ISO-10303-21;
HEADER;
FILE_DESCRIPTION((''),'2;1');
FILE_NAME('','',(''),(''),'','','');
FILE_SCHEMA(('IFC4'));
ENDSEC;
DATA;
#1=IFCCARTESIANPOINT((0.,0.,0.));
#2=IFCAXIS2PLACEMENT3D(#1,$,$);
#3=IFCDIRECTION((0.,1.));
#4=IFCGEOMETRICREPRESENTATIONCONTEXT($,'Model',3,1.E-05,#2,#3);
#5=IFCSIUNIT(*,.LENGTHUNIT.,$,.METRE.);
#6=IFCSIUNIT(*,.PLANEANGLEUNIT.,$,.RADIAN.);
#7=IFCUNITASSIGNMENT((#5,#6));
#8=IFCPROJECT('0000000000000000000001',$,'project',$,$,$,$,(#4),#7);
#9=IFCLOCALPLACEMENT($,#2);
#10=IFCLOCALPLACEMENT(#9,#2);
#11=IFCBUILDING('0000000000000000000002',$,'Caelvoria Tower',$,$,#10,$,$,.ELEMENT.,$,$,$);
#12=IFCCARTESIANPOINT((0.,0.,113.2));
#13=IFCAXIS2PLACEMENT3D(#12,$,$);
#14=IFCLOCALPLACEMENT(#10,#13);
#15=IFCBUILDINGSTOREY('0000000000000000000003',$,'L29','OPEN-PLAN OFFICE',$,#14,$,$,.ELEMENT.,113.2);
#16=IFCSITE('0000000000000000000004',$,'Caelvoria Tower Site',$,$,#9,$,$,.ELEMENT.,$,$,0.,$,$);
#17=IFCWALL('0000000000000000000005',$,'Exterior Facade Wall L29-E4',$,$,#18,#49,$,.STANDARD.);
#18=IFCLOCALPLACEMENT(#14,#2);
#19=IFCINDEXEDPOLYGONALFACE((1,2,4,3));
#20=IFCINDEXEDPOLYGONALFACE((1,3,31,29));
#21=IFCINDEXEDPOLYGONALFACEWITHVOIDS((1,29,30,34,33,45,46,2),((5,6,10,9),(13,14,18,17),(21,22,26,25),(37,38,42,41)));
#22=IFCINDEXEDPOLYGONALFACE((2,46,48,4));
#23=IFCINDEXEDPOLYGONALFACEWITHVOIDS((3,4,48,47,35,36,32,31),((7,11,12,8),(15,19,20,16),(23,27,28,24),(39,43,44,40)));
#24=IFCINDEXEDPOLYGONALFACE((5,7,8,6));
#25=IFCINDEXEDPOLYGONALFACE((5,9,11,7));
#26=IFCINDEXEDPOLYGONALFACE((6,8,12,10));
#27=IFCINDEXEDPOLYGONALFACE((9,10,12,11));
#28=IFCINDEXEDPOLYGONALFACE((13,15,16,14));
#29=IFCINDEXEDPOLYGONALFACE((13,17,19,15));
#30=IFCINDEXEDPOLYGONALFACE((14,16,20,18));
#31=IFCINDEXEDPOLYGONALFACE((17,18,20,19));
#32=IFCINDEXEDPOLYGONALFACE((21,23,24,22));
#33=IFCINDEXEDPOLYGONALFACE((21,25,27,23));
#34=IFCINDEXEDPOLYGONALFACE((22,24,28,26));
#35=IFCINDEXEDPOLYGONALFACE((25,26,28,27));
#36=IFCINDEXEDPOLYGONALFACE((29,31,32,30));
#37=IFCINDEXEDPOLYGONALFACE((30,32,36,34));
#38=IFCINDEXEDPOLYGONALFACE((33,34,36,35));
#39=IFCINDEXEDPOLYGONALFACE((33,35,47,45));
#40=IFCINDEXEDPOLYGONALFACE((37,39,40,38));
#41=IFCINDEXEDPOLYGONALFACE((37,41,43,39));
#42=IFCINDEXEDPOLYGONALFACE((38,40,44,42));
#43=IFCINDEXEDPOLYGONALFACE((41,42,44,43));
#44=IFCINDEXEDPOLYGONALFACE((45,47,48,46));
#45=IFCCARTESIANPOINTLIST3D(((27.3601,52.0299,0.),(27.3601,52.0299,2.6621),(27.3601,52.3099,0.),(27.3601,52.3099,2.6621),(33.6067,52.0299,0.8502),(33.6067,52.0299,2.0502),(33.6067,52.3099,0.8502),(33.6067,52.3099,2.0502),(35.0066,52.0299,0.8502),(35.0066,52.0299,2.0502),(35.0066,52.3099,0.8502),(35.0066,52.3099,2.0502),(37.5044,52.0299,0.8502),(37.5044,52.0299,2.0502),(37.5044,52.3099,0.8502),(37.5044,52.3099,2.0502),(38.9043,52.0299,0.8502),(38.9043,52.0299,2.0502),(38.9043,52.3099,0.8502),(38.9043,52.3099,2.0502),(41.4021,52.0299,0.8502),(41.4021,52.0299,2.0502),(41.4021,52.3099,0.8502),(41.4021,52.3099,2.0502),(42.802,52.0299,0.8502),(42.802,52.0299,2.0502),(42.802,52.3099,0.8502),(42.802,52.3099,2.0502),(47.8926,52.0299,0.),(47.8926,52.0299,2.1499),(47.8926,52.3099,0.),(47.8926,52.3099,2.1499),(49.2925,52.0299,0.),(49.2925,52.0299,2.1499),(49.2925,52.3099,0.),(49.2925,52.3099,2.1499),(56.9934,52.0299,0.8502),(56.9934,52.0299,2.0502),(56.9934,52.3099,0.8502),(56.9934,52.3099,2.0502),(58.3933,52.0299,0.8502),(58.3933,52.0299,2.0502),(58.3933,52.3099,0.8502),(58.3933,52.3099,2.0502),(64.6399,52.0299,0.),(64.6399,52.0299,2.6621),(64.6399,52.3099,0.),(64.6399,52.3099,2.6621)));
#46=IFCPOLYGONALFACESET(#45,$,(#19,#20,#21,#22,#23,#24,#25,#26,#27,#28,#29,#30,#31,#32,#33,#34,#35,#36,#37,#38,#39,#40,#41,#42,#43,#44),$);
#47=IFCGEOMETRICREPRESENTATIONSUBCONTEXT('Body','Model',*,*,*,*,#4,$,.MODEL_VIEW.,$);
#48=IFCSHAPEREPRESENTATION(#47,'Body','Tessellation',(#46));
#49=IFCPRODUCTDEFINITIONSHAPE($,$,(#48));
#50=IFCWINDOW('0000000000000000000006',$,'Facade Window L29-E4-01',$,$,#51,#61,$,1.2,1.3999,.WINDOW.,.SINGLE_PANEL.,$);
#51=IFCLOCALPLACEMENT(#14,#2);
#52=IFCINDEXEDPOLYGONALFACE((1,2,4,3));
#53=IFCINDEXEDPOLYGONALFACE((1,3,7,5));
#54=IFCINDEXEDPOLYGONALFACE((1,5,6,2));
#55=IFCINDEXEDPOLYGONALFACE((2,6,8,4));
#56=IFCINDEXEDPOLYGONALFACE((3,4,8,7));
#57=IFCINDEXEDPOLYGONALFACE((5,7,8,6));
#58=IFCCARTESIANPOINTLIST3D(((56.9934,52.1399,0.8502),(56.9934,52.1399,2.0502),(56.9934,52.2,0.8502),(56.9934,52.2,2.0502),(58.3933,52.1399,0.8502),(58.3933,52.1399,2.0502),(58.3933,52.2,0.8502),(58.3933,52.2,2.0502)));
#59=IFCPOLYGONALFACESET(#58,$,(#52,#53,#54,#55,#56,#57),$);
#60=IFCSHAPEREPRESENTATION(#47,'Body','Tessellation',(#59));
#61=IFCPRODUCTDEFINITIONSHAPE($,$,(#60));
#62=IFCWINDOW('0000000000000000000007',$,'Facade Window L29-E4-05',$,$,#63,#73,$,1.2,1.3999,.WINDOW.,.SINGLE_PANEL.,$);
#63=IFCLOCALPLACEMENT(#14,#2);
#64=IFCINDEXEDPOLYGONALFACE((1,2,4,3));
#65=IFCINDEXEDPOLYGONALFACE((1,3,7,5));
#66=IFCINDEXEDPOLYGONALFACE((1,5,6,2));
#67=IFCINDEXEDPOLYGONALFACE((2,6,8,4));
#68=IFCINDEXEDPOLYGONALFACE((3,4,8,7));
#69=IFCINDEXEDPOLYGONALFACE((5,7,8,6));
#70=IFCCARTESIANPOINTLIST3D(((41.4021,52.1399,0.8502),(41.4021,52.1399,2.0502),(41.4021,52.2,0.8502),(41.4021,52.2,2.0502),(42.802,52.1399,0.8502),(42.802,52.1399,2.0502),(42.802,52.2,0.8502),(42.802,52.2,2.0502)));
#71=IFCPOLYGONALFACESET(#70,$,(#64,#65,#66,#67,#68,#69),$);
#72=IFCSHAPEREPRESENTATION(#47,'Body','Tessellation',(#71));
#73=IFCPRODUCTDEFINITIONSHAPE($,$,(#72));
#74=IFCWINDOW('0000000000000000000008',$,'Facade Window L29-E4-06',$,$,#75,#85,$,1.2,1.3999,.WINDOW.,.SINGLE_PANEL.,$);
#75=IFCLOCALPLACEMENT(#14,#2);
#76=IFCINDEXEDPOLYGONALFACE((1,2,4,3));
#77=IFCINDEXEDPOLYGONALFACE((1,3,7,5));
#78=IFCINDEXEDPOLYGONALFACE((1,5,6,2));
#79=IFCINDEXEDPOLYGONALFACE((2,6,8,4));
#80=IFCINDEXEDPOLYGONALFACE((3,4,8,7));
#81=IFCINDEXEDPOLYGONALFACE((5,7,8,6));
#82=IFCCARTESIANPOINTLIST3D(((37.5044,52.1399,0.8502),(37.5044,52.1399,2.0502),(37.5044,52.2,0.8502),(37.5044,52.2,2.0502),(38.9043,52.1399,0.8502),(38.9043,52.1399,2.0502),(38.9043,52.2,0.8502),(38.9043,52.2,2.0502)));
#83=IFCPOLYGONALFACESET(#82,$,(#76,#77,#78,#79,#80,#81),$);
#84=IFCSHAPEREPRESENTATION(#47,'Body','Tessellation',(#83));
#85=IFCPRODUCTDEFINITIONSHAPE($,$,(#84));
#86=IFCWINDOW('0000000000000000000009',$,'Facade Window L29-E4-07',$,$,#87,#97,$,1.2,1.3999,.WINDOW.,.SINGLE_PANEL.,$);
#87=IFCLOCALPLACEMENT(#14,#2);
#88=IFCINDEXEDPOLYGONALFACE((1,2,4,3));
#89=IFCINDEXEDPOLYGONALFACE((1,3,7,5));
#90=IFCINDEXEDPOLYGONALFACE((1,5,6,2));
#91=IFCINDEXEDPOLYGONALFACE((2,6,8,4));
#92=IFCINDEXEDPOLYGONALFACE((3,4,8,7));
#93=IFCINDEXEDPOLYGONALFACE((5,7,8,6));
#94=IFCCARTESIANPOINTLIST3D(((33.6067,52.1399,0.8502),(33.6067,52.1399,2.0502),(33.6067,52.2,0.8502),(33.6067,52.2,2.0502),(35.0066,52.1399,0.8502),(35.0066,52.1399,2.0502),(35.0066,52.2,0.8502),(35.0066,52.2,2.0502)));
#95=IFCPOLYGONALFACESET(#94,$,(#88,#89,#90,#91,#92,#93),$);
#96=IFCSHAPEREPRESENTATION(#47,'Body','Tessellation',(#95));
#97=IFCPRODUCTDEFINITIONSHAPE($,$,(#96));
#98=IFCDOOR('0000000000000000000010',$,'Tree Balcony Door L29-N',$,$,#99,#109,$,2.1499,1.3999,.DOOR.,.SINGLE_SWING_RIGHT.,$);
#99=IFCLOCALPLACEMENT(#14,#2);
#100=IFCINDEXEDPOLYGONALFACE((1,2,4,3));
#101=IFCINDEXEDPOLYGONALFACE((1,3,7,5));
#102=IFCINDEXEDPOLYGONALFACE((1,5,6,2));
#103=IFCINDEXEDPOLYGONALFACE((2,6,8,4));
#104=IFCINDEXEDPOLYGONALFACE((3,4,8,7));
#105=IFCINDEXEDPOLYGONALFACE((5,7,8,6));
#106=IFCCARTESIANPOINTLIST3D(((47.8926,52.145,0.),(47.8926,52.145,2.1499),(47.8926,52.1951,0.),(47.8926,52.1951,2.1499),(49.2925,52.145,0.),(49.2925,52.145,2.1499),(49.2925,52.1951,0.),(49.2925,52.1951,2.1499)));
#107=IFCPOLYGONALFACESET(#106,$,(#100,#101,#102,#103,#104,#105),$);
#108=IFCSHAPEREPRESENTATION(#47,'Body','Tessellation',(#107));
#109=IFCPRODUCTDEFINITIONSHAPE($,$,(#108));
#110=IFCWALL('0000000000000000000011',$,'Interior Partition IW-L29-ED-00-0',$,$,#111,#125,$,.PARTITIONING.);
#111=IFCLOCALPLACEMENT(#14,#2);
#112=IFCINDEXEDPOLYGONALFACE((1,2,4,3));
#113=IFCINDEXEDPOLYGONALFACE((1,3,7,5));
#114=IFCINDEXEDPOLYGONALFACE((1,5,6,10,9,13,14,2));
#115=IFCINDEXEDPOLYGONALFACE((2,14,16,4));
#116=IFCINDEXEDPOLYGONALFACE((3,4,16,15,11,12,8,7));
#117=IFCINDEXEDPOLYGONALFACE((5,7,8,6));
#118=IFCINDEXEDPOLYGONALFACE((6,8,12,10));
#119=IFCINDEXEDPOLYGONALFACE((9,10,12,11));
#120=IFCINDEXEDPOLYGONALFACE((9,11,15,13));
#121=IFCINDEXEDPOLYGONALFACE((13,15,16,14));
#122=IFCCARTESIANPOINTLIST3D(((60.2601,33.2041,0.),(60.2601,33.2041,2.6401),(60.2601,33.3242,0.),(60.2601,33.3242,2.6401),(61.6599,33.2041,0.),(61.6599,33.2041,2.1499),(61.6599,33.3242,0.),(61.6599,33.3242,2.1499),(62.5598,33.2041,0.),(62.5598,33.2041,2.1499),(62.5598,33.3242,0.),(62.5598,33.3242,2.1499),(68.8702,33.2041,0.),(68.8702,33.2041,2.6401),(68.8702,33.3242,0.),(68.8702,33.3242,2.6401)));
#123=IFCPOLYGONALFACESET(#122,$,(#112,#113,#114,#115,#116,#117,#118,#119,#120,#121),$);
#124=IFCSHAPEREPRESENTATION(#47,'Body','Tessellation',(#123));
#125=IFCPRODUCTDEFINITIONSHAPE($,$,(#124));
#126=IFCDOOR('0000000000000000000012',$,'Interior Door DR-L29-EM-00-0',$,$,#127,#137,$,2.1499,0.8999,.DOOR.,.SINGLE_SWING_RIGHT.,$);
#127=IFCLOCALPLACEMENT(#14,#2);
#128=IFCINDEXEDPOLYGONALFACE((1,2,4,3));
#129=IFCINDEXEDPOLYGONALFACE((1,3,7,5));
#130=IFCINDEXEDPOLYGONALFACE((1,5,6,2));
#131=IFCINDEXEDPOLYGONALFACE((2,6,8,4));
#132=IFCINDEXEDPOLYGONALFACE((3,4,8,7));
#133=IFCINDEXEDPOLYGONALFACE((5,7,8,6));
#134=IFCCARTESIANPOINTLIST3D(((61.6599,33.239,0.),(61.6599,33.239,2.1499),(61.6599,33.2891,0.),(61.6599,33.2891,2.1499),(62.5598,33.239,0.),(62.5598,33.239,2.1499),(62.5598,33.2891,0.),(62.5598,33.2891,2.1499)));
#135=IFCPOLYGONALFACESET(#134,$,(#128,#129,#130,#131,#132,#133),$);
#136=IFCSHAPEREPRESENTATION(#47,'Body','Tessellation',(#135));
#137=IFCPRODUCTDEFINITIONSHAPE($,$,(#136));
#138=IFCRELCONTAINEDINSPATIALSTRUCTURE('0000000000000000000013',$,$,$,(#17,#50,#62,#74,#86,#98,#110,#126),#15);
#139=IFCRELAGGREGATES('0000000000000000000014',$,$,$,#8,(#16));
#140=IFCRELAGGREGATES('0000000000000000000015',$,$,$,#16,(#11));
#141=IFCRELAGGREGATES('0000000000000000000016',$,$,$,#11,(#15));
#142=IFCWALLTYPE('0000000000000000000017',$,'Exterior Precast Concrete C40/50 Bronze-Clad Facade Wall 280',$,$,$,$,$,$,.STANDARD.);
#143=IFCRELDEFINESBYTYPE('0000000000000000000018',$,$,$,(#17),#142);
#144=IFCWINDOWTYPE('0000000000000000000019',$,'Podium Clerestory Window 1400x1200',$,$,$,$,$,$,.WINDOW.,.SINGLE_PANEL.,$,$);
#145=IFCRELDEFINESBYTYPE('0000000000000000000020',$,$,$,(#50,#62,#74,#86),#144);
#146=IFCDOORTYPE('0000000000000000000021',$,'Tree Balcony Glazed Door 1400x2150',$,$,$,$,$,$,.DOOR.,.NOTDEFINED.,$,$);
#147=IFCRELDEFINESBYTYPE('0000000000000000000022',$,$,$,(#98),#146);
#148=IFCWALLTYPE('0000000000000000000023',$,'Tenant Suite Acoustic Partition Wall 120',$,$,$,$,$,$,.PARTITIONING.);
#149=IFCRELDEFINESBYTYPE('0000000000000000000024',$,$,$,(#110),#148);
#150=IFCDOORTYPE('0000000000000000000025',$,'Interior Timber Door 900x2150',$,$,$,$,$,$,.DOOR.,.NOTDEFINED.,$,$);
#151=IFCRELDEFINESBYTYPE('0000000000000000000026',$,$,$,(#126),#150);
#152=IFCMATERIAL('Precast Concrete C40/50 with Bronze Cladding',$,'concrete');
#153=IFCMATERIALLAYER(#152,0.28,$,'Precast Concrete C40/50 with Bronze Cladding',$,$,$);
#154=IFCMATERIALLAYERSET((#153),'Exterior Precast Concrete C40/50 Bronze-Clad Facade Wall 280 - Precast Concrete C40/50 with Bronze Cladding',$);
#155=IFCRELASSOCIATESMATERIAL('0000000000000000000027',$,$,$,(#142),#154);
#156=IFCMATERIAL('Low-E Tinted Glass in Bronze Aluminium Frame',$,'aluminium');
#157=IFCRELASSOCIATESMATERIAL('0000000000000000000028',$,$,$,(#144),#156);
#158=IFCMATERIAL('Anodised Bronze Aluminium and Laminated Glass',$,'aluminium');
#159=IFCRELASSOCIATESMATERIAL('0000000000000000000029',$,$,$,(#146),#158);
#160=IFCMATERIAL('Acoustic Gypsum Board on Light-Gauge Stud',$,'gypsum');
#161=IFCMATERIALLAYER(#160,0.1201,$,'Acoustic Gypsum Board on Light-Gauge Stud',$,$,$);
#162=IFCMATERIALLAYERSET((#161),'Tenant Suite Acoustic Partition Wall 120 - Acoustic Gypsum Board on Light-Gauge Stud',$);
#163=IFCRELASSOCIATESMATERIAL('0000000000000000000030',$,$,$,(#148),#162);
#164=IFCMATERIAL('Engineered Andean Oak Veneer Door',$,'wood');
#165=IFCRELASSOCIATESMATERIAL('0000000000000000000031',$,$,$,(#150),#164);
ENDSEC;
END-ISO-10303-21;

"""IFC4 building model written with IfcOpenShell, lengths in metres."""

from ifc_helpers import new_model, si_unit, direction, frame, frame_2d, origin, place, context, subcontext, project, spatial, rectangle, extrude, material, layer, layer_set, type_object, element, fill, save


model = new_model("IFC4")

# Units and contexts
model_context = context("Model", 3, precision=1e-05, world=origin(), true_north=direction((0.0, 1.0)))
body_context = subcontext(model_context, "Body", "Model", "MODEL_VIEW")
ifc_project = project(units=[si_unit("LENGTHUNIT", "METRE"), si_unit("PLANEANGLEUNIT", "RADIAN")], contexts=[model_context])

# Site, building, storey
site_placement = place(None, origin())
site = spatial("IfcSite", under=ifc_project, at=site_placement, Name="Caelvoria Tower Site", CompositionType="ELEMENT", RefElevation=0.0)
building_placement = place(site_placement, origin())
building = spatial("IfcBuilding", under=site, at=building_placement, Name="Caelvoria Tower", CompositionType="ELEMENT")
storey_placement = place(building_placement, frame((0.0, 0.0, 113.2)))
storey = spatial("IfcBuildingStorey", under=building, at=storey_placement, Name="L29", Description="OPEN-PLAN OFFICE", CompositionType="ELEMENT", Elevation=113.2)

# Shared definitions
ifc_material_1 = material(Name="Precast Concrete C40/50 with Bronze Cladding", Category="concrete")
ifc_layer_1 = layer(ifc_material_1, 0.28, Name="Precast Concrete C40/50 with Bronze Cladding")
ifc_layer_set_1 = layer_set([ifc_layer_1], Name="Exterior Precast Concrete C40/50 Bronze-Clad Facade Wall 280 - Precast Concrete C40/50 with Bronze Cladding")
wall_type_1 = type_object("IfcWallType", Name="Exterior Precast Concrete C40/50 Bronze-Clad Facade Wall 280", PredefinedType="STANDARD", material=ifc_layer_set_1)

# Wall, openings, windows, door
wall_1_placement = place(storey_placement, frame((64.6399, 52.1699, 0.0), z_axis=(0.0, 0.0, 1.0), x_axis=(-1.0, 0.0, 0.0)))
wall_1 = element("IfcWall", 1, at=wall_1_placement, inside=storey, type_object=wall_type_1, Name="Exterior Facade Wall L29-E4", PredefinedType="STANDARD", context=body_context, shape_type="SweptSolid", body=[
    extrude(rectangle(XDim=37.2798, YDim=0.28, at=frame_2d((18.6399, 0.0))), origin(), (0.0, 0.0, 1.0), 2.6621),
])
opening_1_placement = place(wall_1_placement, frame((15.3474, 0.0, 0.0)))
opening_1 = element("IfcOpeningElement", 2, at=opening_1_placement, cuts=wall_1, PredefinedType="OPENING", context=body_context, shape_type="SweptSolid", body=[
    extrude(rectangle(XDim=1.3999, YDim=2.1499, at=frame_2d((0.7, 1.075))), frame((0.0, 0.1499, 0.0), z_axis=(0.0, -1.0, 0.0), x_axis=(1.0, 0.0, 0.0)), (0.0, 0.0, 1.0), 0.3),
])
opening_2_placement = place(wall_1_placement, frame((6.2466, 0.0, 0.8501)))
opening_2 = element("IfcOpeningElement", 3, at=opening_2_placement, cuts=wall_1, PredefinedType="OPENING", context=body_context, shape_type="SweptSolid", body=[
    extrude(rectangle(XDim=1.3999, YDim=1.2, at=frame_2d((0.7, 0.6001))), frame((0.0, 0.1499, 0.0), z_axis=(0.0, -1.0, 0.0), x_axis=(1.0, 0.0, 0.0)), (0.0, 0.0, 1.0), 0.3),
])
opening_3_placement = place(wall_1_placement, frame((21.8379, 0.0, 0.8501)))
opening_3 = element("IfcOpeningElement", 4, at=opening_3_placement, cuts=wall_1, PredefinedType="OPENING", context=body_context, shape_type="SweptSolid", body=[
    extrude(rectangle(XDim=1.3999, YDim=1.2, at=frame_2d((0.7, 0.6001))), frame((0.0, 0.1499, 0.0), z_axis=(0.0, -1.0, 0.0), x_axis=(1.0, 0.0, 0.0)), (0.0, 0.0, 1.0), 0.3),
])
opening_4_placement = place(wall_1_placement, frame((25.7356, 0.0, 0.8501)))
opening_4 = element("IfcOpeningElement", 5, at=opening_4_placement, cuts=wall_1, PredefinedType="OPENING", context=body_context, shape_type="SweptSolid", body=[
    extrude(rectangle(XDim=1.3999, YDim=1.2, at=frame_2d((0.7, 0.6001))), frame((0.0, 0.1499, 0.0), z_axis=(0.0, -1.0, 0.0), x_axis=(1.0, 0.0, 0.0)), (0.0, 0.0, 1.0), 0.3),
])
opening_5_placement = place(wall_1_placement, frame((29.6333, 0.0, 0.8501)))
opening_5 = element("IfcOpeningElement", 6, at=opening_5_placement, cuts=wall_1, PredefinedType="OPENING", context=body_context, shape_type="SweptSolid", body=[
    extrude(rectangle(XDim=1.3999, YDim=1.2, at=frame_2d((0.7, 0.6001))), frame((0.0, 0.1499, 0.0), z_axis=(0.0, -1.0, 0.0), x_axis=(1.0, 0.0, 0.0)), (0.0, 0.0, 1.0), 0.3),
])
ifc_material_2 = material(Name="Low-E Tinted Glass in Bronze Aluminium Frame", Category="aluminium")
window_type = type_object("IfcWindowType", Name="Podium Clerestory Window 1400x1200", PartitioningType="SINGLE_PANEL", PredefinedType="WINDOW", material=ifc_material_2)
window_1_placement = place(opening_2_placement, origin())
window_1 = element("IfcWindow", 7, at=window_1_placement, inside=storey, type_object=window_type, Name="Facade Window L29-E4-01", OverallHeight=1.2, OverallWidth=1.3999, PartitioningType="SINGLE_PANEL", PredefinedType="WINDOW", context=body_context, shape_type="SweptSolid", body=[
    extrude(rectangle(XDim=1.3999, YDim=1.2, at=frame_2d((0.7, 0.6001))), frame((0.0, 0.03, 0.0), z_axis=(0.0, -1.0, 0.0), x_axis=(1.0, 0.0, 0.0)), (0.0, 0.0, 1.0), 0.0601),
])
fill(opening_2, window_1)
window_2_placement = place(opening_3_placement, origin())
window_2 = element("IfcWindow", 8, at=window_2_placement, inside=storey, type_object=window_type, Name="Facade Window L29-E4-05", OverallHeight=1.2, OverallWidth=1.3999, PartitioningType="SINGLE_PANEL", PredefinedType="WINDOW", context=body_context, shape_type="SweptSolid", body=[
    extrude(rectangle(XDim=1.3999, YDim=1.2, at=frame_2d((0.7, 0.6001))), frame((0.0, 0.03, 0.0), z_axis=(0.0, -1.0, 0.0), x_axis=(1.0, 0.0, 0.0)), (0.0, 0.0, 1.0), 0.0601),
])
fill(opening_3, window_2)
window_3_placement = place(opening_4_placement, origin())
window_3 = element("IfcWindow", 9, at=window_3_placement, inside=storey, type_object=window_type, Name="Facade Window L29-E4-06", OverallHeight=1.2, OverallWidth=1.3999, PartitioningType="SINGLE_PANEL", PredefinedType="WINDOW", context=body_context, shape_type="SweptSolid", body=[
    extrude(rectangle(XDim=1.3999, YDim=1.2, at=frame_2d((0.7, 0.6001))), frame((0.0, 0.03, 0.0), z_axis=(0.0, -1.0, 0.0), x_axis=(1.0, 0.0, 0.0)), (0.0, 0.0, 1.0), 0.0601),
])
fill(opening_4, window_3)
window_4_placement = place(opening_5_placement, origin())
window_4 = element("IfcWindow", 10, at=window_4_placement, inside=storey, type_object=window_type, Name="Facade Window L29-E4-07", OverallHeight=1.2, OverallWidth=1.3999, PartitioningType="SINGLE_PANEL", PredefinedType="WINDOW", context=body_context, shape_type="SweptSolid", body=[
    extrude(rectangle(XDim=1.3999, YDim=1.2, at=frame_2d((0.7, 0.6001))), frame((0.0, 0.03, 0.0), z_axis=(0.0, -1.0, 0.0), x_axis=(1.0, 0.0, 0.0)), (0.0, 0.0, 1.0), 0.0601),
])
fill(opening_5, window_4)
ifc_material_3 = material(Name="Anodised Bronze Aluminium and Laminated Glass", Category="aluminium")
door_type_1 = type_object("IfcDoorType", Name="Tree Balcony Glazed Door 1400x2150", OperationType="NOTDEFINED", PredefinedType="DOOR", material=ifc_material_3)
door_1_placement = place(opening_1_placement, origin())
door_1 = element("IfcDoor", 11, at=door_1_placement, inside=storey, type_object=door_type_1, Name="Tree Balcony Door L29-N", OperationType="SINGLE_SWING_RIGHT", OverallHeight=2.1499, OverallWidth=1.3999, PredefinedType="DOOR", context=body_context, shape_type="SweptSolid", body=[
    extrude(rectangle(XDim=1.3999, YDim=2.1499, at=frame_2d((0.7, 1.075))), frame((0.0, 0.0249, 0.0), z_axis=(0.0, -1.0, 0.0), x_axis=(1.0, 0.0, 0.0)), (0.0, 0.0, 1.0), 0.05),
])
fill(opening_1, door_1)

# Wall, opening, door
ifc_material_4 = material(Name="Acoustic Gypsum Board on Light-Gauge Stud", Category="gypsum")
ifc_layer_2 = layer(ifc_material_4, 0.1201, Name="Acoustic Gypsum Board on Light-Gauge Stud")
ifc_layer_set_2 = layer_set([ifc_layer_2], Name="Tenant Suite Acoustic Partition Wall 120 - Acoustic Gypsum Board on Light-Gauge Stud")
wall_type_2 = type_object("IfcWallType", Name="Tenant Suite Acoustic Partition Wall 120", PredefinedType="PARTITIONING", material=ifc_layer_set_2)
wall_2_placement = place(storey_placement, frame((60.26, 33.2642, 0.0), z_axis=(0.0, 0.0, 1.0), x_axis=(1.0, 0.0, 0.0)))
wall_2 = element("IfcWall", 12, at=wall_2_placement, inside=storey, type_object=wall_type_2, Name="Interior Partition IW-L29-ED-00-0", PredefinedType="PARTITIONING", context=body_context, shape_type="SweptSolid", body=[
    extrude(rectangle(XDim=8.6101, YDim=0.1201, at=frame_2d((4.3052, 0.0))), origin(), (0.0, 0.0, 1.0), 2.6401),
])
opening_6_placement = place(wall_2_placement, frame((1.3999, 0.0, 0.0)))
opening_6 = element("IfcOpeningElement", 13, at=opening_6_placement, cuts=wall_2, PredefinedType="OPENING", context=body_context, shape_type="SweptSolid", body=[
    extrude(rectangle(XDim=0.8999, YDim=2.1499, at=frame_2d((0.45, 1.075))), frame((0.0, 0.0701, 0.0), z_axis=(0.0, -1.0, 0.0), x_axis=(1.0, 0.0, 0.0)), (0.0, 0.0, 1.0), 0.1401),
])
ifc_material_5 = material(Name="Engineered Andean Oak Veneer Door", Category="wood")
door_type_2 = type_object("IfcDoorType", Name="Interior Timber Door 900x2150", OperationType="NOTDEFINED", PredefinedType="DOOR", material=ifc_material_5)
door_2_placement = place(opening_6_placement, origin())
door_2 = element("IfcDoor", 14, at=door_2_placement, inside=storey, type_object=door_type_2, Name="Interior Door DR-L29-EM-00-0", OperationType="SINGLE_SWING_RIGHT", OverallHeight=2.1499, OverallWidth=0.8999, PredefinedType="DOOR", context=body_context, shape_type="SweptSolid", body=[
    extrude(rectangle(XDim=0.8999, YDim=2.1499, at=frame_2d((0.45, 1.075))), frame((0.0, 0.0249, 0.0), z_axis=(0.0, -1.0, 0.0), x_axis=(1.0, 0.0, 0.0)), (0.0, 0.0, 1.0), 0.05),
])
fill(opening_6, door_2)

save(model, "model.ifc")
